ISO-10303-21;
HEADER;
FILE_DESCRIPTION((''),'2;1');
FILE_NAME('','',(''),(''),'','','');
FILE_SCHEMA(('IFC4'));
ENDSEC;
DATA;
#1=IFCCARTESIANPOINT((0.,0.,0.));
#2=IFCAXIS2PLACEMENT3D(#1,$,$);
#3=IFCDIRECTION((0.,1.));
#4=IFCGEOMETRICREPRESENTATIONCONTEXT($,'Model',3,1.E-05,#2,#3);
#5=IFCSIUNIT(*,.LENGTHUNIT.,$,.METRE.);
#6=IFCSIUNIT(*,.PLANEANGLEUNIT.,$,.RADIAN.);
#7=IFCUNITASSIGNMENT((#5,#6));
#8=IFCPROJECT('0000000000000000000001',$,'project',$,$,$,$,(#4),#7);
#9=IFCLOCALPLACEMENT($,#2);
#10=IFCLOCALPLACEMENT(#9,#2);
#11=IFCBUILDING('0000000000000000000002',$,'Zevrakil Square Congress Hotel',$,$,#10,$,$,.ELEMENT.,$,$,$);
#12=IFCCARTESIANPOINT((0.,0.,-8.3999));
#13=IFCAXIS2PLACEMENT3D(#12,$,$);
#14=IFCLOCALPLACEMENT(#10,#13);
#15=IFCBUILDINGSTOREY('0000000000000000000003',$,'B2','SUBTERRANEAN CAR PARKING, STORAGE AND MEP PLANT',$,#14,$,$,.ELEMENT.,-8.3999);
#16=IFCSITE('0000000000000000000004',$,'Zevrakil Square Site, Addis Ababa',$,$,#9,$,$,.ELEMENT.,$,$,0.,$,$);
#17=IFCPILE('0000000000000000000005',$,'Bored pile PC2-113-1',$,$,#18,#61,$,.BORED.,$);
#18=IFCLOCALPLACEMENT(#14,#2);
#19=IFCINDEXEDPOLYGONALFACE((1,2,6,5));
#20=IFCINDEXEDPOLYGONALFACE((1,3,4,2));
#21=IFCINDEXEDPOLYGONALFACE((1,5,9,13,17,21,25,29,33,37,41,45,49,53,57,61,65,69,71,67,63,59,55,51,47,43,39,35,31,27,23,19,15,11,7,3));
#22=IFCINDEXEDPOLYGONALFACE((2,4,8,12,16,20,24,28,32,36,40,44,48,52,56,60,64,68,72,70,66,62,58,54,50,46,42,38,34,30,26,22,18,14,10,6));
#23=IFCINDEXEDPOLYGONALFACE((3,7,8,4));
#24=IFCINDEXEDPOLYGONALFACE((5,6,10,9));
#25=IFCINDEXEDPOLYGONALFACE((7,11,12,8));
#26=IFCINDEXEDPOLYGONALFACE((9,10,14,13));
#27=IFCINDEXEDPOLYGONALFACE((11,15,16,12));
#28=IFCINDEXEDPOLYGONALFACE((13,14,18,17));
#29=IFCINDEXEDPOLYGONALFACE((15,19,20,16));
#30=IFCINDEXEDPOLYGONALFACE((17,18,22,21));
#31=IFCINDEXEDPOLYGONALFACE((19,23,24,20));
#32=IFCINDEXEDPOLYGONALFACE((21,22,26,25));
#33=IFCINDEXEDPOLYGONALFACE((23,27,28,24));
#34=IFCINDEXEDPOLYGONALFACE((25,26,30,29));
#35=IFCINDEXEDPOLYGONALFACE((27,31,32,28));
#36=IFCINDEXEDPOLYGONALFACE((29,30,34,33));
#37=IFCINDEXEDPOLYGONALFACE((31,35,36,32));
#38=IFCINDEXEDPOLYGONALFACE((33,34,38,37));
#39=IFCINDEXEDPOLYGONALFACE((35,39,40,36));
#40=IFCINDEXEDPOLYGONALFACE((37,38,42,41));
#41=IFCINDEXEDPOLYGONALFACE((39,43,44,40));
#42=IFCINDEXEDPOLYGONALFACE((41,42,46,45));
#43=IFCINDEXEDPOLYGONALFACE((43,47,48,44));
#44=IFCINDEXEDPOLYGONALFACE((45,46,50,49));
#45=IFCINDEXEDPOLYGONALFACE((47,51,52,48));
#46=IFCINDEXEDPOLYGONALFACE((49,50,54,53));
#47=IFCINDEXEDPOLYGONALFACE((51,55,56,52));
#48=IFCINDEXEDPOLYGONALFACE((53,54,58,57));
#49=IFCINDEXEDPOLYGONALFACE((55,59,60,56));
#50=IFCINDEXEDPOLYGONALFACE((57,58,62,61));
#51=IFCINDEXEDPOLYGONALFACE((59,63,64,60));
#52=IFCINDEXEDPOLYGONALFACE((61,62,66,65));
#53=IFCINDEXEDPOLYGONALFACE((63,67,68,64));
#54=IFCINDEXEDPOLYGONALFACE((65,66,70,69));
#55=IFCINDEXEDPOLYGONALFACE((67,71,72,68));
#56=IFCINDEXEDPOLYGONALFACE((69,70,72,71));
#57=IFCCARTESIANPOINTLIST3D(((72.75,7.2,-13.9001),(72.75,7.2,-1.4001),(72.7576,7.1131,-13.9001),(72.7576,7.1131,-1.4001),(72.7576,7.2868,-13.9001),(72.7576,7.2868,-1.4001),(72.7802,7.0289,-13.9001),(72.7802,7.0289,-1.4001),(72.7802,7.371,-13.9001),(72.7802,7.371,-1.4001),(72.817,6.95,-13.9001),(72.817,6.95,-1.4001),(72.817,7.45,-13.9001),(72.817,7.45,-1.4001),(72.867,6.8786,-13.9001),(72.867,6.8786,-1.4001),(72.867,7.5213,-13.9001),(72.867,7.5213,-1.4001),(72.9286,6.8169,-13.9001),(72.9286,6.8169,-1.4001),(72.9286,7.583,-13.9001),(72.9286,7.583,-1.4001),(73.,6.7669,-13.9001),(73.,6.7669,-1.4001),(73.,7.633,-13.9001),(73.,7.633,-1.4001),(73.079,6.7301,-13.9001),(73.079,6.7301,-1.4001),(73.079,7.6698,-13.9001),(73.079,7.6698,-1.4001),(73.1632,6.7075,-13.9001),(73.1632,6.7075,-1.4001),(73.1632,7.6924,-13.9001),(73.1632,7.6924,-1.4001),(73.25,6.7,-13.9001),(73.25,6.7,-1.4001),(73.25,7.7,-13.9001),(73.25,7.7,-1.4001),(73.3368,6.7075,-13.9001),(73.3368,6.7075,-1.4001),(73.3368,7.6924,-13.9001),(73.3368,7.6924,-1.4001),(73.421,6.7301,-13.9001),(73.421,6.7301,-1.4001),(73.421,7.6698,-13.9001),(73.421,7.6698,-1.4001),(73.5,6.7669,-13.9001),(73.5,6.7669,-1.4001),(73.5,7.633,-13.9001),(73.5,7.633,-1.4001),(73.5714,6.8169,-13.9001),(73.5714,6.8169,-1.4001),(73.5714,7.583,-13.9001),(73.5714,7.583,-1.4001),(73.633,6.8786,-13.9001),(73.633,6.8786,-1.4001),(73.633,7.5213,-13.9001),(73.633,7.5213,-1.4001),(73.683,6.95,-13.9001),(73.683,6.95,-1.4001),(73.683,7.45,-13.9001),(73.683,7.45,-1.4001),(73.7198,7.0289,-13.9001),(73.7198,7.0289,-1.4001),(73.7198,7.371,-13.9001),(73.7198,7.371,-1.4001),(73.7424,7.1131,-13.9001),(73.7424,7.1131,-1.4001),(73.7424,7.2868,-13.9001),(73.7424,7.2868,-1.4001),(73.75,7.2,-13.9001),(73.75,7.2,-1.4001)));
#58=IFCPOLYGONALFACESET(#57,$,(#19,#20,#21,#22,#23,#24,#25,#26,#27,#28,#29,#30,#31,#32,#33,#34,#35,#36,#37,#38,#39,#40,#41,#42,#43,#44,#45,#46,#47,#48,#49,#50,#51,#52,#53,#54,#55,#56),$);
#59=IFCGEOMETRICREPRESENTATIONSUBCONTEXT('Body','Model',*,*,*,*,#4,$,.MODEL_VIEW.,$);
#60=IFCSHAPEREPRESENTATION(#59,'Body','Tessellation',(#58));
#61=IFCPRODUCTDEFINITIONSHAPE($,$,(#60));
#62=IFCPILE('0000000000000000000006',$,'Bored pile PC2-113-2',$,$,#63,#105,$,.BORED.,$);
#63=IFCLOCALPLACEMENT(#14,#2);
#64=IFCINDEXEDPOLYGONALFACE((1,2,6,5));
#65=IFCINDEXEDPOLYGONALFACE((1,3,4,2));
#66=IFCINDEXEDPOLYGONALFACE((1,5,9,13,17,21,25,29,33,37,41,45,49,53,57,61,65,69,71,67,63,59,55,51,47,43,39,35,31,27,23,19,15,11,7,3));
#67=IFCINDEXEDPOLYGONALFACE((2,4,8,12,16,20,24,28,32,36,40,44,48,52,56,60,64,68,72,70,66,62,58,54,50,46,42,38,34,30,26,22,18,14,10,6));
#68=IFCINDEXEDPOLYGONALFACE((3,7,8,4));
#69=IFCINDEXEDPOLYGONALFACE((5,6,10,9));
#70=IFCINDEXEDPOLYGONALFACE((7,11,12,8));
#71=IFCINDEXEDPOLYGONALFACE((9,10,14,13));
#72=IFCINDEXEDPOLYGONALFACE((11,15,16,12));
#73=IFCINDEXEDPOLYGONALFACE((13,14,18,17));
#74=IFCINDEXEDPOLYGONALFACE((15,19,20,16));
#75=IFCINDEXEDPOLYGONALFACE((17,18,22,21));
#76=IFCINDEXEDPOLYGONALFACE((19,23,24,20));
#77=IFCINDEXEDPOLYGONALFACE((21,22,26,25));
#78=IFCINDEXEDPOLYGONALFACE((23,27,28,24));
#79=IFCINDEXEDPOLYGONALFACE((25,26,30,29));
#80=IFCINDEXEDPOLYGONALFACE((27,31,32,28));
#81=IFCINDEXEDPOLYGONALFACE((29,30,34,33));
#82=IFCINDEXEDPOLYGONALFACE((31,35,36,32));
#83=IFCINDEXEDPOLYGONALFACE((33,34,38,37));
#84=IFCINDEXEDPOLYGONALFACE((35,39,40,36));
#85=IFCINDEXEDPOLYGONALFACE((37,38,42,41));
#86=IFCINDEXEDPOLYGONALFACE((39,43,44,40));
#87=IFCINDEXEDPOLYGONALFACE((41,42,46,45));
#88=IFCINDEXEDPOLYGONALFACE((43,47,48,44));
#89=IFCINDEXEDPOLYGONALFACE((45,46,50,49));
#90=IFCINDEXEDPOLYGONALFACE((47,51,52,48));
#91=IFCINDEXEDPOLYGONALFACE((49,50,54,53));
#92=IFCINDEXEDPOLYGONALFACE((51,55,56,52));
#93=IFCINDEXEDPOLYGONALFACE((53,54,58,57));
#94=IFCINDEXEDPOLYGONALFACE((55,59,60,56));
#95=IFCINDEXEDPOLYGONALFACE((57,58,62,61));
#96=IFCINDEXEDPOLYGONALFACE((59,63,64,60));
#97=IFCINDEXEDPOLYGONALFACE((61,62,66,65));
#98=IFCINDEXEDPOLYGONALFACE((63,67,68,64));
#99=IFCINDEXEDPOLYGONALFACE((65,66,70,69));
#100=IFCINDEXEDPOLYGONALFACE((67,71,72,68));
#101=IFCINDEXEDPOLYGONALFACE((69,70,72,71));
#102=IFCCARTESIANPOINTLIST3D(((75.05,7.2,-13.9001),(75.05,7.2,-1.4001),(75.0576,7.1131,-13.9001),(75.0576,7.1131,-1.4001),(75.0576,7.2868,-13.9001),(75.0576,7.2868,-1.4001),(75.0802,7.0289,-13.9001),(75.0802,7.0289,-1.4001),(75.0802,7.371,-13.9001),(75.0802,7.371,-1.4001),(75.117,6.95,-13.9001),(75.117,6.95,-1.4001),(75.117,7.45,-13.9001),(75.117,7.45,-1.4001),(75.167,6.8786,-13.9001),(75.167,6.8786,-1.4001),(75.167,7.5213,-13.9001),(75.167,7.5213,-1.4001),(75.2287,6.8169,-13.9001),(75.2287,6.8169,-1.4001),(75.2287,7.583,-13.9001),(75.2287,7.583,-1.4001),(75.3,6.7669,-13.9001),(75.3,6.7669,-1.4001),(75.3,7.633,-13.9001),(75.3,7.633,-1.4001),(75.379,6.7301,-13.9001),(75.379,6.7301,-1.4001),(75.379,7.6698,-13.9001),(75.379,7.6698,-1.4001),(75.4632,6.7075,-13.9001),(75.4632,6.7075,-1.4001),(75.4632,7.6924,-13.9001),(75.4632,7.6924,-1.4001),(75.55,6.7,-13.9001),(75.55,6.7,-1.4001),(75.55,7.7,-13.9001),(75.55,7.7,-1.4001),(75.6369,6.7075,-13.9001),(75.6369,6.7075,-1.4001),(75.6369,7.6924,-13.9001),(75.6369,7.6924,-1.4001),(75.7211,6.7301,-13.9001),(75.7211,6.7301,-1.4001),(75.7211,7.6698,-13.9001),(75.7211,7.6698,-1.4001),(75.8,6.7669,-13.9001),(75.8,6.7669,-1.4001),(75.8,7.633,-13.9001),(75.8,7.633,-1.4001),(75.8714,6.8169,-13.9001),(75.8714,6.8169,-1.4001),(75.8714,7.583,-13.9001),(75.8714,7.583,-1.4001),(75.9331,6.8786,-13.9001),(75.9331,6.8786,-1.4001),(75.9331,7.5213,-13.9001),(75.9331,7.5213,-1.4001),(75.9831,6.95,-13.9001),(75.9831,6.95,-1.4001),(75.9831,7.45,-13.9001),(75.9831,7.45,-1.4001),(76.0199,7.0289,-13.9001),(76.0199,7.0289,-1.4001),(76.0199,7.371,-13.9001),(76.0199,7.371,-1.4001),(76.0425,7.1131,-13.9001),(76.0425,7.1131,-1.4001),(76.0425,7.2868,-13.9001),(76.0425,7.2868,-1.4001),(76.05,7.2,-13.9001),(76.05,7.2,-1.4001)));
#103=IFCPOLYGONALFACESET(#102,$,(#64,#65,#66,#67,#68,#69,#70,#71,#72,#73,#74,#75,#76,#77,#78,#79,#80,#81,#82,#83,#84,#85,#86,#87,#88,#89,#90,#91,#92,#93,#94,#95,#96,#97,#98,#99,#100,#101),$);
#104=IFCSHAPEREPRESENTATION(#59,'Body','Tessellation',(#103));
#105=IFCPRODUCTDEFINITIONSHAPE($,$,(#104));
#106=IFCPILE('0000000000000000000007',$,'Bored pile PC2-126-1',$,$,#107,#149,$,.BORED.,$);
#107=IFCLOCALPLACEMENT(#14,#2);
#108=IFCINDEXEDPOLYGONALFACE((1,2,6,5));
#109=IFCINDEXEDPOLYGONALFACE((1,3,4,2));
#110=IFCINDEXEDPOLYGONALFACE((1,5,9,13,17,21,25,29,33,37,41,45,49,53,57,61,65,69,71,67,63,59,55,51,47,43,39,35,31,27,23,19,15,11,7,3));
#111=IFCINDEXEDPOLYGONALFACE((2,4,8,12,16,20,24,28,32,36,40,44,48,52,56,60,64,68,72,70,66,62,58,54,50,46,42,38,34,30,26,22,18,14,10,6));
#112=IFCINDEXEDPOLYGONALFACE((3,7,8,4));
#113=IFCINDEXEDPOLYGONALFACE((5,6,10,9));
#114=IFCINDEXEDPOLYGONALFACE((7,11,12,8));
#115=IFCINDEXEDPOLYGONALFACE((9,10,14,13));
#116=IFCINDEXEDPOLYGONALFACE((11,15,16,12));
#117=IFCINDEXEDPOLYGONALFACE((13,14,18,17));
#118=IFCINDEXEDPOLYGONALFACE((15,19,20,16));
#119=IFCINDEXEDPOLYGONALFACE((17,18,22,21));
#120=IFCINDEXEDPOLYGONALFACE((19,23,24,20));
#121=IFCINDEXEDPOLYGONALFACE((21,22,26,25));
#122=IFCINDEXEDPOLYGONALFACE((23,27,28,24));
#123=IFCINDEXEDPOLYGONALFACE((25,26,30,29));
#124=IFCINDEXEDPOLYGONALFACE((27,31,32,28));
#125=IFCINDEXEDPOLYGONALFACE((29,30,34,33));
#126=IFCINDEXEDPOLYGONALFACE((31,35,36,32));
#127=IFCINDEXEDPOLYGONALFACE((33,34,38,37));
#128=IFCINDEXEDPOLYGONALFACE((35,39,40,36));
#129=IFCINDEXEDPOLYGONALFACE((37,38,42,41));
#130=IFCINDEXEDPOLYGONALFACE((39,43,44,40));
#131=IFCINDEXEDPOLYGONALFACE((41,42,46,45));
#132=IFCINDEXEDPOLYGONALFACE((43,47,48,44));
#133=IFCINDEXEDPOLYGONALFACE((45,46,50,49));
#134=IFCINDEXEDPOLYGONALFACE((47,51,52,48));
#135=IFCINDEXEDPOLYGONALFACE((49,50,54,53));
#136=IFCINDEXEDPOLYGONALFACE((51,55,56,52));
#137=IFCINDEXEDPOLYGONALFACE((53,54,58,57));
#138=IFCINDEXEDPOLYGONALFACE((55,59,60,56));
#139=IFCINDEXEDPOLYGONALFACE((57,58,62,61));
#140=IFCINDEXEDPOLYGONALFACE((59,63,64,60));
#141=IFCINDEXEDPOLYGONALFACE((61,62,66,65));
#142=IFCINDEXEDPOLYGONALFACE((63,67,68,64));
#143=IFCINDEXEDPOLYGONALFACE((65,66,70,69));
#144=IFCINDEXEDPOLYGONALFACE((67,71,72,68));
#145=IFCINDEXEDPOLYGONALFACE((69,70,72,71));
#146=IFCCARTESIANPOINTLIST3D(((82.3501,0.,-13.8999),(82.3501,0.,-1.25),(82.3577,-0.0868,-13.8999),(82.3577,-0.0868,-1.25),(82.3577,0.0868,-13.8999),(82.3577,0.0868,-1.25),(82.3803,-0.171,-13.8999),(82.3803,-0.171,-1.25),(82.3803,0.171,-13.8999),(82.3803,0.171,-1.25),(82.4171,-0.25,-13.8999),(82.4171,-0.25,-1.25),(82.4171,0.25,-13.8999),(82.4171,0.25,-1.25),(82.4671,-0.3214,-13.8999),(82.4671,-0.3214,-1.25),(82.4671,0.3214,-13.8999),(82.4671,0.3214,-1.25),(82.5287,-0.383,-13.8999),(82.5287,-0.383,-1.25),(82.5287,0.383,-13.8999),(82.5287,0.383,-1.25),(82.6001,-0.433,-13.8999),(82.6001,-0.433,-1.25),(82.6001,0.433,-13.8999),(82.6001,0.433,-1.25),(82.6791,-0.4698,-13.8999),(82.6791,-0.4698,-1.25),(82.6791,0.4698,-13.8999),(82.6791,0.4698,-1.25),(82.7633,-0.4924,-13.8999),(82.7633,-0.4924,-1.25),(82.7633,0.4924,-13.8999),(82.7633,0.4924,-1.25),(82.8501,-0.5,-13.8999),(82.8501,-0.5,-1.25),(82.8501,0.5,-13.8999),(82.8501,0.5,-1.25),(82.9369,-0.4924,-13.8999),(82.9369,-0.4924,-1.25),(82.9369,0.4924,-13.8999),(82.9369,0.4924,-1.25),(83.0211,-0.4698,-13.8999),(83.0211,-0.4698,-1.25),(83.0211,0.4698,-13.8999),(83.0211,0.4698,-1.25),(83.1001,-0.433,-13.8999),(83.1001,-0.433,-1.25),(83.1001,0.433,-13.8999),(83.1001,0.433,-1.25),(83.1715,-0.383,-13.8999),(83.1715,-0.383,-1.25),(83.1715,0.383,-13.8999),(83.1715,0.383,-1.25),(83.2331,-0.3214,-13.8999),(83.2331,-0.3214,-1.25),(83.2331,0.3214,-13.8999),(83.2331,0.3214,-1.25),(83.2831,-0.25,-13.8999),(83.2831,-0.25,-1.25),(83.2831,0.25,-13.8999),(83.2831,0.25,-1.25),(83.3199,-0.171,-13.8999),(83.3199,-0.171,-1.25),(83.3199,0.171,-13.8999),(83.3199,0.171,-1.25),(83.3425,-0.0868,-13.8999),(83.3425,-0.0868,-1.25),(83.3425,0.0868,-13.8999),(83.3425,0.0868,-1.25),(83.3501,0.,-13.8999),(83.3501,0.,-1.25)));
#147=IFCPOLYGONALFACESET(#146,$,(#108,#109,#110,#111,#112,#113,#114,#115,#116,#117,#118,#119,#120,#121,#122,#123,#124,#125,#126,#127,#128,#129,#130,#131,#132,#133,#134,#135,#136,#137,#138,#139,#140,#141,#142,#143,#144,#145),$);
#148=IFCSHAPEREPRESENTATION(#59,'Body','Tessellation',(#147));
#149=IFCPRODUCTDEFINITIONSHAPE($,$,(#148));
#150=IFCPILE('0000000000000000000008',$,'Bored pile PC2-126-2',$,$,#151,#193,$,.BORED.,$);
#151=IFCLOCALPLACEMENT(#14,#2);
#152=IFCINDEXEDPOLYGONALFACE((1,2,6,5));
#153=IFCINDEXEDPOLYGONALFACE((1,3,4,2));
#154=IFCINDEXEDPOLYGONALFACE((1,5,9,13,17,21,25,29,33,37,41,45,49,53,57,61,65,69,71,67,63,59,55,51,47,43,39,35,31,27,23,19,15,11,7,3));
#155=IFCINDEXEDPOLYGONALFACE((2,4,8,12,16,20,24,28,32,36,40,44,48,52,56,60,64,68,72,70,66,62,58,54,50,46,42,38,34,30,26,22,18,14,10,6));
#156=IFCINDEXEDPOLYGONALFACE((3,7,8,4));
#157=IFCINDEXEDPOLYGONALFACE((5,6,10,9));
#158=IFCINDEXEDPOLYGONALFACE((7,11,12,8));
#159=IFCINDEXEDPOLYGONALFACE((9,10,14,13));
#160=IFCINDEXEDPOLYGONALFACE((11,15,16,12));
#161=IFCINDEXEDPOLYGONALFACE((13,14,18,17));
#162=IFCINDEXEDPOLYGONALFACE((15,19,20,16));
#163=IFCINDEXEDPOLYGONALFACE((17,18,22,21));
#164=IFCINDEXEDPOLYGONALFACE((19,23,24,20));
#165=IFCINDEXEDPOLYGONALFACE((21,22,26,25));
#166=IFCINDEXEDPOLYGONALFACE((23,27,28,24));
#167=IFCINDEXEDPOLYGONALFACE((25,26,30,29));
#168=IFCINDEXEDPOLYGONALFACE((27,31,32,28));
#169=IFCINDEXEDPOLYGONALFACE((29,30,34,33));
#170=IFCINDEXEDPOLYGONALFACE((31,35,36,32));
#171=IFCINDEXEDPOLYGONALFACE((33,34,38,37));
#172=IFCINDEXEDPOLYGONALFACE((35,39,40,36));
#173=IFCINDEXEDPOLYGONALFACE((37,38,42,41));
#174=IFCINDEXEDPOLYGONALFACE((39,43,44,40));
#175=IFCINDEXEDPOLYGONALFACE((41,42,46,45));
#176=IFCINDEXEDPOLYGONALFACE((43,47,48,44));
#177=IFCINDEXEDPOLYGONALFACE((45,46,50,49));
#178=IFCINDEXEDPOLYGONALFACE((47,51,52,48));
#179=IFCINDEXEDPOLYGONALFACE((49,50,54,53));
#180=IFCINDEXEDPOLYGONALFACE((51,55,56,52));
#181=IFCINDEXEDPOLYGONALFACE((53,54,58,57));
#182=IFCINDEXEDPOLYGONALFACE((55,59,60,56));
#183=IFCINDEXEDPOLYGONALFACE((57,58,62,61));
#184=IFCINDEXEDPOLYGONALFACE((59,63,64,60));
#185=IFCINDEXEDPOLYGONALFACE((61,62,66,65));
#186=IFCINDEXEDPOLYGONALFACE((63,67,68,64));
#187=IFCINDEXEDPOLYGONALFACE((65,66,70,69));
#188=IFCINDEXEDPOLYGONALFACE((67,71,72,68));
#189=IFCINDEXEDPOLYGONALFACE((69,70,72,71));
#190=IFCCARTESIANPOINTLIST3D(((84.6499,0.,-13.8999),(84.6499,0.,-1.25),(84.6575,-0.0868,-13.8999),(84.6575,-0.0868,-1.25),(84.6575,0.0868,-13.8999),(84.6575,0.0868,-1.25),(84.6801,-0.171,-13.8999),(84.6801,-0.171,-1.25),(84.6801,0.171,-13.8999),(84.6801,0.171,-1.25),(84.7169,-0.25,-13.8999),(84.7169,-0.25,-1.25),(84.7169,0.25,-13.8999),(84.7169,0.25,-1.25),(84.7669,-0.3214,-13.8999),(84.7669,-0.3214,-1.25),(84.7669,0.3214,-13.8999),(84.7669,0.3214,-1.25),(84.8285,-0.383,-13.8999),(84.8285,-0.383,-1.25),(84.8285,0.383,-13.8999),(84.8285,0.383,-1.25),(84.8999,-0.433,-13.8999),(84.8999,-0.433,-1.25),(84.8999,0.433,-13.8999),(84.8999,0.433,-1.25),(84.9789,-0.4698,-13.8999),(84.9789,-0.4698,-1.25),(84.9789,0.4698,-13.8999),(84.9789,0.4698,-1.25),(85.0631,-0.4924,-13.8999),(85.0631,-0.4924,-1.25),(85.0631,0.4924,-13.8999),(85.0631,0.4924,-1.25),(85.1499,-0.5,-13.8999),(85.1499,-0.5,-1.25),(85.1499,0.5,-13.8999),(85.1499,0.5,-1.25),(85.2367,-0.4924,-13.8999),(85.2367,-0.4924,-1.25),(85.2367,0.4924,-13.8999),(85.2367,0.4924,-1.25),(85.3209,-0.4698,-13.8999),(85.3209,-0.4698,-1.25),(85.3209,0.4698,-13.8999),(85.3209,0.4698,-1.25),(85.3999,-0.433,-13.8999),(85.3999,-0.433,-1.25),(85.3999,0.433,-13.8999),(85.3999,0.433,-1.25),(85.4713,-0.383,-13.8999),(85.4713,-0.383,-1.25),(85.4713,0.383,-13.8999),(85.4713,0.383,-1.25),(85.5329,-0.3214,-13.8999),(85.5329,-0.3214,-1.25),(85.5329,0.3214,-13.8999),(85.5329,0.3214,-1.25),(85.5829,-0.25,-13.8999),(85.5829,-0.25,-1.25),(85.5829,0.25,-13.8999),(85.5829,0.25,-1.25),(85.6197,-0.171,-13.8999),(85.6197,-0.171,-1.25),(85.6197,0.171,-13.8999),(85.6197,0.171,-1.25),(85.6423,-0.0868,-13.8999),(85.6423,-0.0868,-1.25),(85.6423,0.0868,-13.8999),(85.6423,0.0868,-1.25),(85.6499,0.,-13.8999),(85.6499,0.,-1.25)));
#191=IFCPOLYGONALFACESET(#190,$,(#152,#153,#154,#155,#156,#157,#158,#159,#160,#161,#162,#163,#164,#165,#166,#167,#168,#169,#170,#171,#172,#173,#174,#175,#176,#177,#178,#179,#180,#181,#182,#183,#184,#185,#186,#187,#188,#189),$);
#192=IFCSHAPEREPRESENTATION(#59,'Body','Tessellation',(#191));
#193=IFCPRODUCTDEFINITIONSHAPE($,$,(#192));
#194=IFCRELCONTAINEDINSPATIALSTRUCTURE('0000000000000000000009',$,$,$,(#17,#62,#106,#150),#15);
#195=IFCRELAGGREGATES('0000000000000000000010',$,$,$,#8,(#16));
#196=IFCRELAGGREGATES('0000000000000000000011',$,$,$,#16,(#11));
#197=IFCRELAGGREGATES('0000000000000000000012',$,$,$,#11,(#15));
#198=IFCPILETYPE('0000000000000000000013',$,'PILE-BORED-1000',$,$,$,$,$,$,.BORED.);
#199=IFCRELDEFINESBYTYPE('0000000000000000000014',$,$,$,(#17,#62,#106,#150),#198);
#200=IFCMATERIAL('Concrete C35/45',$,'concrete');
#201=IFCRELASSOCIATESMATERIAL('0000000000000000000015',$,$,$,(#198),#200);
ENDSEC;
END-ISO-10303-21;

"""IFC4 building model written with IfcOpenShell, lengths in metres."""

from ifc_helpers import new_model, si_unit, direction, frame, origin, origin_2d, place, context, subcontext, project, spatial, circle, extrude, material, material_profile, profile_set, type_object, element, save


model = new_model("IFC4")

# Units and contexts
model_context = context("Model", 3, precision=1e-05, world=origin(), true_north=direction((0.0, 1.0)))
body_context = subcontext(model_context, "Body", "Model", "MODEL_VIEW")
ifc_project = project(units=[si_unit("LENGTHUNIT", "METRE"), si_unit("PLANEANGLEUNIT", "RADIAN")], contexts=[model_context])

# Site, building, storey
site_placement = place(None, origin())
site = spatial("IfcSite", under=ifc_project, at=site_placement, Name="Zevrakil Square Site, Addis Ababa", CompositionType="ELEMENT", RefElevation=0.0)
building_placement = place(site_placement, origin())
building = spatial("IfcBuilding", under=site, at=building_placement, Name="Zevrakil Square Congress Hotel", CompositionType="ELEMENT")
storey_placement = place(building_placement, frame((0.0, 0.0, -8.3999)))
storey = spatial("IfcBuildingStorey", under=building, at=storey_placement, Name="B2", Description="SUBTERRANEAN CAR PARKING, STORAGE AND MEP PLANT", CompositionType="ELEMENT", Elevation=-8.3999)

# Piles
ifc_material_1 = material(Name="Concrete C35/45", Category="concrete")
ifc_material_profile_1 = material_profile(ifc_material_1, circle(Radius=0.5, at=origin_2d()), Name="PILE D1000")
ifc_profile_set_1 = profile_set([ifc_material_profile_1], Name="Concrete C35/45")
pile_type = type_object("IfcPileType", Name="PILE-BORED-1000", PredefinedType="BORED", material=ifc_profile_set_1)
for number, where, z_axis, x_axis, name in (
    (1, (73.25, 7.2, -1.4001), (0.0, 0.0, -1.0), (1.0, 0.0, 0.0), "Bored pile PC2-113-1"),
    (2, (75.55, 7.2, -1.4001), (0.0, 0.0, -1.0), (1.0, 0.0, 0.0), "Bored pile PC2-113-2"),
):
    element("IfcPile", number, at=place(storey_placement, frame(where, z_axis=z_axis, x_axis=x_axis)), inside=storey, type_object=pile_type, Name=name, PredefinedType="BORED", context=body_context, shape_type="SweptSolid", body=[
        extrude(circle(Radius=0.5, at=origin_2d()), origin(), (0.0, 0.0, 1.0), 12.5),
    ])
for number, where, z_axis, x_axis, name in (
    (3, (82.8501, 0.0, -1.25), (0.0, 0.0, -1.0), (1.0, 0.0, 0.0), "Bored pile PC2-126-1"),
    (4, (85.1499, 0.0, -1.25), (0.0, 0.0, -1.0), (1.0, 0.0, 0.0), "Bored pile PC2-126-2"),
):
    element("IfcPile", number, at=place(storey_placement, frame(where, z_axis=z_axis, x_axis=x_axis)), inside=storey, type_object=pile_type, Name=name, PredefinedType="BORED", context=body_context, shape_type="SweptSolid", body=[
        extrude(circle(Radius=0.5, at=origin_2d()), origin(), (0.0, 0.0, 1.0), 12.6499),
    ])

save(model, "model.ifc")
